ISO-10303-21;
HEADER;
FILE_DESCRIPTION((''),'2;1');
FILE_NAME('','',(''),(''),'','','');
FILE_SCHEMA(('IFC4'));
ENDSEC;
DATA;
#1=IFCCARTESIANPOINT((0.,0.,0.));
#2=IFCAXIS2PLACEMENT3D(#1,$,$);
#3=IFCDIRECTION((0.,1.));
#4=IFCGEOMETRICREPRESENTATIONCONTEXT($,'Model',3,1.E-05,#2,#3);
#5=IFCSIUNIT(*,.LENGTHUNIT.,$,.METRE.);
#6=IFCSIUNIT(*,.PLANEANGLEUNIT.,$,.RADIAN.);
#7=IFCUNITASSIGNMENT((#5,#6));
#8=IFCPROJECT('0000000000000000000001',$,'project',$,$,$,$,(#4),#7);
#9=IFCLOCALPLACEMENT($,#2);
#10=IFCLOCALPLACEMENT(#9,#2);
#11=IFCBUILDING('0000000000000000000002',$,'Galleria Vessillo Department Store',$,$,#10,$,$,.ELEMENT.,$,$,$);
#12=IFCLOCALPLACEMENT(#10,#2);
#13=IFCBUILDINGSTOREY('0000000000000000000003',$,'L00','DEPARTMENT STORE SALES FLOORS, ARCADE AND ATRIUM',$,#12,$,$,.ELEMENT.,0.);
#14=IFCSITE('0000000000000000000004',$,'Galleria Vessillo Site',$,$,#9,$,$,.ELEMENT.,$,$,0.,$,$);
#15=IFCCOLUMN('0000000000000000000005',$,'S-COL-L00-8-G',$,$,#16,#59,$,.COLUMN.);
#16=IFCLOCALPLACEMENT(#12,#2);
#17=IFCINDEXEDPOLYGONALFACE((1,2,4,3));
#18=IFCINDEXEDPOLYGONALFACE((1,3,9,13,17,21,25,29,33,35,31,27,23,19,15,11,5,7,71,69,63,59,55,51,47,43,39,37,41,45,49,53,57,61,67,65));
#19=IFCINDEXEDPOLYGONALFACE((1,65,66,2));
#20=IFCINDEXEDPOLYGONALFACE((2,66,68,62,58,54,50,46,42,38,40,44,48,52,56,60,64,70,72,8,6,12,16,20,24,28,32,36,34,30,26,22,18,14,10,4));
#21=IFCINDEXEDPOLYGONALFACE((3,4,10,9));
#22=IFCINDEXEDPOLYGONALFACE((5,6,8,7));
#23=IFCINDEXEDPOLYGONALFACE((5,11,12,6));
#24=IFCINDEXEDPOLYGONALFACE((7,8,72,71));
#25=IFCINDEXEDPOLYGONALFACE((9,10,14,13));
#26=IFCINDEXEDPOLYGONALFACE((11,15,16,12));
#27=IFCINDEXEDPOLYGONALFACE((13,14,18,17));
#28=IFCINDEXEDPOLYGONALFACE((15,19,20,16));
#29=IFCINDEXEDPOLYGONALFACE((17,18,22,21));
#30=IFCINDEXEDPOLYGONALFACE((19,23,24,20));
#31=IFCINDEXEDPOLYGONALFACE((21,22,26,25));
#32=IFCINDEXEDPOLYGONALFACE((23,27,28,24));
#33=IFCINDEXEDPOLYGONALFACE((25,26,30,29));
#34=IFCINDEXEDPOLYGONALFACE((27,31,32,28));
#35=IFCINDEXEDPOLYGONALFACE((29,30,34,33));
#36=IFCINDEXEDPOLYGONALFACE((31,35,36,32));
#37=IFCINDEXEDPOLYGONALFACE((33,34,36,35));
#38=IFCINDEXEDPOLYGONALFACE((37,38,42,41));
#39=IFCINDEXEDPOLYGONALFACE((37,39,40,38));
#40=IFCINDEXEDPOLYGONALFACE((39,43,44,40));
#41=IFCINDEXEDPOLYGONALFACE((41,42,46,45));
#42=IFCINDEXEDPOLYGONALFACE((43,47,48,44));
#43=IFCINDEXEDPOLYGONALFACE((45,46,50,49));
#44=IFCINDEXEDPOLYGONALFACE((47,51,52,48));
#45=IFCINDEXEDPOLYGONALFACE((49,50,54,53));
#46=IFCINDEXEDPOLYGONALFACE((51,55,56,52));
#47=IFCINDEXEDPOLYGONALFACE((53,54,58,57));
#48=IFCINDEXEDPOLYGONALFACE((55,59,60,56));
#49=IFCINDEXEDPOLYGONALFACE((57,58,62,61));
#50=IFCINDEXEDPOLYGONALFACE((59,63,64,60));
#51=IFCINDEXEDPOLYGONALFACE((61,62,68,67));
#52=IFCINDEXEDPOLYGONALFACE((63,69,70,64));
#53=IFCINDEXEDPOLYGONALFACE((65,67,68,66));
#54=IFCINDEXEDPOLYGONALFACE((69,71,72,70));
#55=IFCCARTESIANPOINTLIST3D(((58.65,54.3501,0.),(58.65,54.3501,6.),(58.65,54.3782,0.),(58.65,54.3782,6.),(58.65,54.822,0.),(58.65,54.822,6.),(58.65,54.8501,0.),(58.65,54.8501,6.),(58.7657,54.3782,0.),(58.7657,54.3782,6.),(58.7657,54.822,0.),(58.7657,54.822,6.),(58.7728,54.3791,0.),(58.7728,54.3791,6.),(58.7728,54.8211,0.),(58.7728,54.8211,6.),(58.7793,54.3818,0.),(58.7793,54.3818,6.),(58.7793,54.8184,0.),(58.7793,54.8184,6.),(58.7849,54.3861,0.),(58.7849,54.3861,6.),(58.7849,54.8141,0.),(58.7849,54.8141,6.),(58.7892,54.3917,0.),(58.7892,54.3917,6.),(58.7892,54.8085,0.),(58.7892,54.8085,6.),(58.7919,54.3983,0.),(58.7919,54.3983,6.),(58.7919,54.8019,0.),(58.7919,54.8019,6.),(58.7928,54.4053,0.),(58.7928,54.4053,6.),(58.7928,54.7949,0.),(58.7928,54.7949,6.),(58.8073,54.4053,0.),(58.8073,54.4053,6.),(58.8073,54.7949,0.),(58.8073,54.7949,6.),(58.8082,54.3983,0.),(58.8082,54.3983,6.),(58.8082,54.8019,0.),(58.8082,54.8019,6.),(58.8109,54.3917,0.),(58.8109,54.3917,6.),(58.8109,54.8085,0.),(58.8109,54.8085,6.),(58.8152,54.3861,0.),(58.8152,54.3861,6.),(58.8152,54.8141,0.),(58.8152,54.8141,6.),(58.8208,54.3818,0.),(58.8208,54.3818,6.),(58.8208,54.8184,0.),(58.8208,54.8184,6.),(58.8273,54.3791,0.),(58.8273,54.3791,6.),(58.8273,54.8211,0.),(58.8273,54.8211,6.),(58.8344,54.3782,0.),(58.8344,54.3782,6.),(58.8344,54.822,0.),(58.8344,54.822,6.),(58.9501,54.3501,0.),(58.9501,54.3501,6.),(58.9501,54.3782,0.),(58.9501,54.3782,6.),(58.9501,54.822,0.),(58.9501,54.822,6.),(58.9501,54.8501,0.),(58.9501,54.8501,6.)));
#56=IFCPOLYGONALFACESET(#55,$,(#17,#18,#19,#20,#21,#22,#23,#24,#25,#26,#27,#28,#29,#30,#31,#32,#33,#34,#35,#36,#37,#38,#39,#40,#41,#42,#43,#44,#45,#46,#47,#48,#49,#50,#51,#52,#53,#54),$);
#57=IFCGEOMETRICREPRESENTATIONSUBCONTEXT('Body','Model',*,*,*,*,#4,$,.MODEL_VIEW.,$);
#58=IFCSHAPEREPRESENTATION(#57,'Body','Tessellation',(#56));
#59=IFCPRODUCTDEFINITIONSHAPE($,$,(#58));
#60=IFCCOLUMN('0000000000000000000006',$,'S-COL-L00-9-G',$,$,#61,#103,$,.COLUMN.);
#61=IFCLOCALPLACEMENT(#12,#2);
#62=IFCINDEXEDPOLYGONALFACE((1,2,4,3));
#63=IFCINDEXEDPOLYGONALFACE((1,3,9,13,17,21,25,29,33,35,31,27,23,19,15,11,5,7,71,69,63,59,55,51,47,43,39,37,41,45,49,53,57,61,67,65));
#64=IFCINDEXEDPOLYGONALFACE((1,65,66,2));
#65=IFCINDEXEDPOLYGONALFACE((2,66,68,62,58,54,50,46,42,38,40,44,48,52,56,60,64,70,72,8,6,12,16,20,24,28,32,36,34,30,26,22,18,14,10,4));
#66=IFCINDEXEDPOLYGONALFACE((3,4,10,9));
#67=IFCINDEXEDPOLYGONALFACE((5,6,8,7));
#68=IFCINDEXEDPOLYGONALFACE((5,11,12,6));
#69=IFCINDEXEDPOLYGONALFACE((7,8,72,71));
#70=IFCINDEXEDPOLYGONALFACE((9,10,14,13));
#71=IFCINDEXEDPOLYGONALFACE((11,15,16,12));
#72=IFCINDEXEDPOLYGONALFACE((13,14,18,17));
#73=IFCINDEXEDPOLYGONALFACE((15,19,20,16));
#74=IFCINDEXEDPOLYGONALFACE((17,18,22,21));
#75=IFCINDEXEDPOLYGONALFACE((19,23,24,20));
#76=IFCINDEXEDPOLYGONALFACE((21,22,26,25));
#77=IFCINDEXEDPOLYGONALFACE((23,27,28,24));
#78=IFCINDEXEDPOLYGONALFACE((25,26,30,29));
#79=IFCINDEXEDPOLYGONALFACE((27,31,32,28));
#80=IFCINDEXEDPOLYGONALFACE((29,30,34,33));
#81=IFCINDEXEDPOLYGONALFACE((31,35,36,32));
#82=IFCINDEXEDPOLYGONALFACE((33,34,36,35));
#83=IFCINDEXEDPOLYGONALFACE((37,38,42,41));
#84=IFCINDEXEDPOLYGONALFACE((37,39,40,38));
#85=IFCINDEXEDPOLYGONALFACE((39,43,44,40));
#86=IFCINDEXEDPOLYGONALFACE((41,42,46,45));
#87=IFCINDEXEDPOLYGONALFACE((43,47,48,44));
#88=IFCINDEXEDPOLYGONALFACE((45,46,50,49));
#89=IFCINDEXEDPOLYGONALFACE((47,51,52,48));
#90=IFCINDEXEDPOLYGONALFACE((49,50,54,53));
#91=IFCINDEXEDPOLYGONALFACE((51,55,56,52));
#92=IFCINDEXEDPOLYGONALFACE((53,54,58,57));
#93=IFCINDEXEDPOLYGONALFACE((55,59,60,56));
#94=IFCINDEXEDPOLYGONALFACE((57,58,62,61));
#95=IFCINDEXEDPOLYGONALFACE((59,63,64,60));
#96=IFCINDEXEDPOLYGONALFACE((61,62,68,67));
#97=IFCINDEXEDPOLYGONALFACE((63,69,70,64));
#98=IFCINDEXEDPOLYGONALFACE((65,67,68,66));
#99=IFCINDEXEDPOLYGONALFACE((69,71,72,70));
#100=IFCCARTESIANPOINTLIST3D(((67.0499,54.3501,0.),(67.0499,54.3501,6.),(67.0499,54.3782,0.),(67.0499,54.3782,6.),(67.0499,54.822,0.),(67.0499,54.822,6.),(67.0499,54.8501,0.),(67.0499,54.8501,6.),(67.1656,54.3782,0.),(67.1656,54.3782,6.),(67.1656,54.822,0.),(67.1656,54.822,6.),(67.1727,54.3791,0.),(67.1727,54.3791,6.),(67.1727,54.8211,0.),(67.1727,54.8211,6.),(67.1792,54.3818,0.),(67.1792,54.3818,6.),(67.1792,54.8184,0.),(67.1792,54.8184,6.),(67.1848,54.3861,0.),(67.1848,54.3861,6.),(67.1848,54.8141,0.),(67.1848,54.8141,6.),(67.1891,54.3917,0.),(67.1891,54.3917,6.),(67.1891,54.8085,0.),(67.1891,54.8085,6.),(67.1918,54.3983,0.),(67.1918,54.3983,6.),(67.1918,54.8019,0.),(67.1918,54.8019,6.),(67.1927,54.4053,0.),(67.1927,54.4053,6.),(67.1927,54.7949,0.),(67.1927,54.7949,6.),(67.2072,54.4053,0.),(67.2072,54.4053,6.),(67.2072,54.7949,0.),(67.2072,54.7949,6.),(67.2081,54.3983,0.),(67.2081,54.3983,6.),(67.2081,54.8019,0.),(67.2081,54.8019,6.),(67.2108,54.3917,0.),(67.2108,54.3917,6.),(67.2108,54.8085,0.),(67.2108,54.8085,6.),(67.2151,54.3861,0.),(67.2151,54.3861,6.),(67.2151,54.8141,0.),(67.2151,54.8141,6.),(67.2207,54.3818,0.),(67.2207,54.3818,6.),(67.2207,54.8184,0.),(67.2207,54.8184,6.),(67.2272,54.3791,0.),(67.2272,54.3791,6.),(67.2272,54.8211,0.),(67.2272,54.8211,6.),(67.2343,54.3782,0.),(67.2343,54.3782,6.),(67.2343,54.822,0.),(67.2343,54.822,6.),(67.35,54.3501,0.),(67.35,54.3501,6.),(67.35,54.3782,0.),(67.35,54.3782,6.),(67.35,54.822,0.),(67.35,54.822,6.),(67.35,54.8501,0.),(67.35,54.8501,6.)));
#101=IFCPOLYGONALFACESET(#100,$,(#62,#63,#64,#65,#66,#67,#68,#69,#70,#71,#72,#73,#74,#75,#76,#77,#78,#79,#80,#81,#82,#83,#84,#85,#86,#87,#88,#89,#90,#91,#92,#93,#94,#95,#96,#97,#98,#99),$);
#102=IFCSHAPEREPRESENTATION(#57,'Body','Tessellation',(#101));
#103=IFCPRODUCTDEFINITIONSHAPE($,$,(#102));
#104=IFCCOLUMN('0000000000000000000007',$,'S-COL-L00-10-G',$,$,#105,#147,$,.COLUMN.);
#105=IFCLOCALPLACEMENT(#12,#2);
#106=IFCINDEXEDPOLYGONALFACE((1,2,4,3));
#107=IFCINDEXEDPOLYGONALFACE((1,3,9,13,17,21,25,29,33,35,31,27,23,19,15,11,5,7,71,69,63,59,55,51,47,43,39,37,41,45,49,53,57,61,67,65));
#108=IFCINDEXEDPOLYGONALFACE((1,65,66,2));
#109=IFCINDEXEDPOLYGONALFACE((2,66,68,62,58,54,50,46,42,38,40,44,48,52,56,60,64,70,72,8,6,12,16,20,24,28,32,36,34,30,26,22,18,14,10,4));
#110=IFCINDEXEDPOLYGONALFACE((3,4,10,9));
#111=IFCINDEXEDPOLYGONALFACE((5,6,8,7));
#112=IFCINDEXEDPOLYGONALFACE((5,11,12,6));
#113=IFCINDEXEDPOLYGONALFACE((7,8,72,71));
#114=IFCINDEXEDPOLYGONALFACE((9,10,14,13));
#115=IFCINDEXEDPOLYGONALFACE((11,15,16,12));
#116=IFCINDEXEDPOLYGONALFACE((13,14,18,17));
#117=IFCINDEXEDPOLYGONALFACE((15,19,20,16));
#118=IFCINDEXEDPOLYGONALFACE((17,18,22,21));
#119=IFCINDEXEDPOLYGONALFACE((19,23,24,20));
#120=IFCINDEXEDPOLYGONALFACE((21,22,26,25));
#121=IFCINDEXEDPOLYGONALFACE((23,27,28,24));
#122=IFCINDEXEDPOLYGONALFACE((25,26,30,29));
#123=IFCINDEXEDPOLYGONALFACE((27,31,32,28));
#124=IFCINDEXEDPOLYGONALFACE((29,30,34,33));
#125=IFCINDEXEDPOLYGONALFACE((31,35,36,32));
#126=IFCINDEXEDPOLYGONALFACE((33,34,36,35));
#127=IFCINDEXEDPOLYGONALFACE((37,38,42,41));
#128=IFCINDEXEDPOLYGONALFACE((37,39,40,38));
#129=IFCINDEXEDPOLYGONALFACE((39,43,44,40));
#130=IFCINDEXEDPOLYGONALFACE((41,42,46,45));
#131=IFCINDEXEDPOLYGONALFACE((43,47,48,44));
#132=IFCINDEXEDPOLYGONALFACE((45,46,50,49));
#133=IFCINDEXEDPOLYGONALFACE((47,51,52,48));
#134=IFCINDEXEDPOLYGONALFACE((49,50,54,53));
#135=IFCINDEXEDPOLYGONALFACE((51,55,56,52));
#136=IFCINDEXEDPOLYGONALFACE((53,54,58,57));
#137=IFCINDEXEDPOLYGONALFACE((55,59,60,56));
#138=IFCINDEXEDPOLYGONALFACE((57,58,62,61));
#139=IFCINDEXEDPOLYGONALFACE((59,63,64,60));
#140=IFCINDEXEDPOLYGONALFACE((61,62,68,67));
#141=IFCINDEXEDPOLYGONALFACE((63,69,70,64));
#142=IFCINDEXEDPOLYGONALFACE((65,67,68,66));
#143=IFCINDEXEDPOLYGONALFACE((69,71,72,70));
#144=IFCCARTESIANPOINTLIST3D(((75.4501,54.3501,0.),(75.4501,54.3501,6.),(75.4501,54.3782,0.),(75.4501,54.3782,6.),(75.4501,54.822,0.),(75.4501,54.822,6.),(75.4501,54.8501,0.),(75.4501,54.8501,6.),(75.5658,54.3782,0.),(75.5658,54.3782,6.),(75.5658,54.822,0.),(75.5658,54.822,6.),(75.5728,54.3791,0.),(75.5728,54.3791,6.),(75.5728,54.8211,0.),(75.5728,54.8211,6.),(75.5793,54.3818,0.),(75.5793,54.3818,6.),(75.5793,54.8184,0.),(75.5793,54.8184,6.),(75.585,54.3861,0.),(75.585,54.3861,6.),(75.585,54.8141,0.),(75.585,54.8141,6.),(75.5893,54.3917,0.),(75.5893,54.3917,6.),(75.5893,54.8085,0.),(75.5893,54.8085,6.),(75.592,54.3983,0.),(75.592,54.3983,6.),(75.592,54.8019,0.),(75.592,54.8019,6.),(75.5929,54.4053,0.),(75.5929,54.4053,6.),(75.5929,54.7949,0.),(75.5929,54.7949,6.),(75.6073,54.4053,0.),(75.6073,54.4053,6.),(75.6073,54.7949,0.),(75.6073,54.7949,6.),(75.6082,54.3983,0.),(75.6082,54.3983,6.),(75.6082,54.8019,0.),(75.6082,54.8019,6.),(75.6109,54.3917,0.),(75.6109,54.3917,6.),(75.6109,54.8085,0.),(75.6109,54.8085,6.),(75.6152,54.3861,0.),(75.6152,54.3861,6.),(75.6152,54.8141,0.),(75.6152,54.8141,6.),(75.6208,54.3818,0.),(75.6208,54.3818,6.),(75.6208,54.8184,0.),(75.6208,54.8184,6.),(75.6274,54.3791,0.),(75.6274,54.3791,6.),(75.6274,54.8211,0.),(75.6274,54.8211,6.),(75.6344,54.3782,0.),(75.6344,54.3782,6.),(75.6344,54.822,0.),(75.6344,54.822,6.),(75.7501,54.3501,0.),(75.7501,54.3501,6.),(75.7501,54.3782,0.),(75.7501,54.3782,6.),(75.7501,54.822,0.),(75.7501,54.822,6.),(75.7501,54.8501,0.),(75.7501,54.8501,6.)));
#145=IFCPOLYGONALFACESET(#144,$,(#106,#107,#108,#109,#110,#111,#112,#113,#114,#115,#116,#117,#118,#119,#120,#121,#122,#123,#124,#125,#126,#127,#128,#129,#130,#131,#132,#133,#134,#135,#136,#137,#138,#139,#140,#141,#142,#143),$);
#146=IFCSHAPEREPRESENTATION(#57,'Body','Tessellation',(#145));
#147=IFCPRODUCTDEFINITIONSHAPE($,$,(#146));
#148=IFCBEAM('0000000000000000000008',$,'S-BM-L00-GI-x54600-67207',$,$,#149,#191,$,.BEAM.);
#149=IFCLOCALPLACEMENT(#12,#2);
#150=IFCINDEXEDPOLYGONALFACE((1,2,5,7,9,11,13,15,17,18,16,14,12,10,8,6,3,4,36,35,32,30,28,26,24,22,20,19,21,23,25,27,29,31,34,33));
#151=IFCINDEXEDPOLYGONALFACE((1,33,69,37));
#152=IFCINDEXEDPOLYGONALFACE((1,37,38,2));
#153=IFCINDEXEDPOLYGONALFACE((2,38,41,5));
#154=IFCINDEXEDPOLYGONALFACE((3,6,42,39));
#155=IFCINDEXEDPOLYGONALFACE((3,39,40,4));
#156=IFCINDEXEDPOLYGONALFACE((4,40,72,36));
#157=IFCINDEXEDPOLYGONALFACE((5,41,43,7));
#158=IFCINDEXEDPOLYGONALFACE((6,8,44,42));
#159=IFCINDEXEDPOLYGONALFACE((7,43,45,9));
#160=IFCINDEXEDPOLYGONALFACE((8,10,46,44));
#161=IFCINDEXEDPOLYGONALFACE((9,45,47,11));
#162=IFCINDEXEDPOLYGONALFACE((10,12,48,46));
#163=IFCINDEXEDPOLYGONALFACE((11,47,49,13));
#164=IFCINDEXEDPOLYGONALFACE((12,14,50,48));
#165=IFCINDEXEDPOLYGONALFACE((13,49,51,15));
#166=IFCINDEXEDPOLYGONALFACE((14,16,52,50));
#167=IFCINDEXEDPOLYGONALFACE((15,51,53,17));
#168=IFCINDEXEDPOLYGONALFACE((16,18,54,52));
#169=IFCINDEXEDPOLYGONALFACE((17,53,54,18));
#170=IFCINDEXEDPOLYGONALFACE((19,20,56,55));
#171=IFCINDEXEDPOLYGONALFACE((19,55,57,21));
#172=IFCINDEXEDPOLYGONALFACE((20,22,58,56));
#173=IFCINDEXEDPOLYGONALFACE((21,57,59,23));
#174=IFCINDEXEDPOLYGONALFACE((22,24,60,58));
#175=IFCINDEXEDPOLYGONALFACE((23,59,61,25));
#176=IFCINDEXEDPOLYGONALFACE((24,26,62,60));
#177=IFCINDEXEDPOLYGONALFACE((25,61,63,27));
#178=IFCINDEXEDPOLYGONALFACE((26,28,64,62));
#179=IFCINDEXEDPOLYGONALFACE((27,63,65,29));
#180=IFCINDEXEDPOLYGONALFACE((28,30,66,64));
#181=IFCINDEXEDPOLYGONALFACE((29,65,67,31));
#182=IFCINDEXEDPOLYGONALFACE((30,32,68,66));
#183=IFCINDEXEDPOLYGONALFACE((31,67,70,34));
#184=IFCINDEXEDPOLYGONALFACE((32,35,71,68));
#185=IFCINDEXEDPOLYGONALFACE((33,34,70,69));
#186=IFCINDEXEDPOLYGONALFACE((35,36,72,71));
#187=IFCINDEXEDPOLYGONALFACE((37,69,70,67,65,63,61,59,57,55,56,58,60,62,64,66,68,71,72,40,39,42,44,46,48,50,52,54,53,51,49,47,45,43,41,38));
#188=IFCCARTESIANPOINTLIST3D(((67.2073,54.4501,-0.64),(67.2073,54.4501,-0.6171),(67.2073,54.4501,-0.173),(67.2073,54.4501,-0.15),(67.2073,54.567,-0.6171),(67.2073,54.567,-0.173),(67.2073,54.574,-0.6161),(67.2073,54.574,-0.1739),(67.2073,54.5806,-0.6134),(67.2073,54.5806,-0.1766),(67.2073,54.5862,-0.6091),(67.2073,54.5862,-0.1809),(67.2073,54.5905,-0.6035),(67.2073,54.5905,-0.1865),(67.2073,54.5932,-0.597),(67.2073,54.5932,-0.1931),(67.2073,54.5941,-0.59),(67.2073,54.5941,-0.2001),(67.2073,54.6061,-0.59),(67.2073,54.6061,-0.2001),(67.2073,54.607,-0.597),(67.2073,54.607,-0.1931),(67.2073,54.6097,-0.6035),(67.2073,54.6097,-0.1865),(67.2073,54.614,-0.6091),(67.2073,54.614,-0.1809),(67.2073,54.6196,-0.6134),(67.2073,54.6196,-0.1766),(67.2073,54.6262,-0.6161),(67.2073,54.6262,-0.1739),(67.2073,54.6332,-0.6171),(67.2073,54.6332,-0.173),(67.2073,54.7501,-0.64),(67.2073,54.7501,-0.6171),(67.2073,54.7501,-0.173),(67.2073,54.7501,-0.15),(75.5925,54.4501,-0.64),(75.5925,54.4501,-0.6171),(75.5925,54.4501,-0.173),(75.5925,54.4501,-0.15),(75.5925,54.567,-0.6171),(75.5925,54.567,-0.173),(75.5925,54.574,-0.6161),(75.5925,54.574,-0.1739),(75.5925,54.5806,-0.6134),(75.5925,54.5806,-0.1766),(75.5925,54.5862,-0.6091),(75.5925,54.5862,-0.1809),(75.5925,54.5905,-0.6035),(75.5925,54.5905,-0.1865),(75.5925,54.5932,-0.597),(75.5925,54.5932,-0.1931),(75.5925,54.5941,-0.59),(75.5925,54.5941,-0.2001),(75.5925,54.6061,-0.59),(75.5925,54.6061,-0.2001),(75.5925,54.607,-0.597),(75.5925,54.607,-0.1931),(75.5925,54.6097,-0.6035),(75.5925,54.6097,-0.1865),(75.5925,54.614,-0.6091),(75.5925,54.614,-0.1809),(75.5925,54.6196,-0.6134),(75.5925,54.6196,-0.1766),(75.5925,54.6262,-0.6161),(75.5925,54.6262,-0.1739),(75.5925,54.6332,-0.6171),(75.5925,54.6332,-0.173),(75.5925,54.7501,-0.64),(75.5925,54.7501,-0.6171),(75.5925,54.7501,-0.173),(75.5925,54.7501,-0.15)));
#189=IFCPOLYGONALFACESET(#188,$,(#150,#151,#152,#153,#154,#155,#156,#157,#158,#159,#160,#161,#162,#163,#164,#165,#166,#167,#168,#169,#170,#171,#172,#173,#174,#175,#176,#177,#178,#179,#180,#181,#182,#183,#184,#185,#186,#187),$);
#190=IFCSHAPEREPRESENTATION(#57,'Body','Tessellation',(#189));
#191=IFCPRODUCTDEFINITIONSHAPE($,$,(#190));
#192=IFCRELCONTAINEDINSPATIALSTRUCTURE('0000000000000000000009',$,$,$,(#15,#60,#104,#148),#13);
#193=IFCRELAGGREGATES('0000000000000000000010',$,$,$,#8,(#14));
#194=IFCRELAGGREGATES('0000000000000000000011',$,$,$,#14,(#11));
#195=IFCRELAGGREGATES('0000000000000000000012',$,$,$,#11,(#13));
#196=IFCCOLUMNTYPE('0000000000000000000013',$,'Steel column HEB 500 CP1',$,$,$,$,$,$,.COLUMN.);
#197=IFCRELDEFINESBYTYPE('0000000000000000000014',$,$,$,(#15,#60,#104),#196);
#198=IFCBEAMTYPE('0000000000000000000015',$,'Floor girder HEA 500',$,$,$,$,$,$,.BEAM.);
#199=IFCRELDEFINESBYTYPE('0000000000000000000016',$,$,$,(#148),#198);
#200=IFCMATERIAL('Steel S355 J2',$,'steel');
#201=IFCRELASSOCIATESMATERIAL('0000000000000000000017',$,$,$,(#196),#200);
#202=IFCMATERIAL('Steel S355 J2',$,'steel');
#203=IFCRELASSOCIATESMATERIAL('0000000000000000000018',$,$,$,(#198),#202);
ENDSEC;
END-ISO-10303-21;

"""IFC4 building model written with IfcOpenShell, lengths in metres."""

from ifc_helpers import new_model, si_unit, direction, frame, origin, origin_2d, place, context, subcontext, project, spatial, i_section, extrude, material, material_profile, profile_set, type_object, element, save


model = new_model("IFC4")

# Units and contexts
model_context = context("Model", 3, precision=1e-05, world=origin(), true_north=direction((0.0, 1.0)))
body_context = subcontext(model_context, "Body", "Model", "MODEL_VIEW")
ifc_project = project(units=[si_unit("LENGTHUNIT", "METRE"), si_unit("PLANEANGLEUNIT", "RADIAN")], contexts=[model_context])

# Site, building, storey
site_placement = place(None, origin())
site = spatial("IfcSite", under=ifc_project, at=site_placement, Name="Galleria Vessillo Site", CompositionType="ELEMENT", RefElevation=0.0)
building_placement = place(site_placement, origin())
building = spatial("IfcBuilding", under=site, at=building_placement, Name="Galleria Vessillo Department Store", CompositionType="ELEMENT")
storey_placement = place(building_placement, origin())
storey = spatial("IfcBuildingStorey", under=building, at=storey_placement, Name="L00", Description="DEPARTMENT STORE SALES FLOORS, ARCADE AND ATRIUM", CompositionType="ELEMENT", Elevation=0.0)

# Columns
ifc_material_1 = material(Name="Steel S355 J2", Category="steel")
ifc_material_profile_1 = material_profile(ifc_material_1, i_section(OverallWidth=0.3, OverallDepth=0.5, WebThickness=0.0144, FlangeThickness=0.0281, FilletRadius=0.0271, at=origin_2d()), Name="HEB 500")
ifc_profile_set_1 = profile_set([ifc_material_profile_1], Name="Steel S355 J2")
column_type = type_object("IfcColumnType", Name="Steel column HEB 500 CP1", PredefinedType="COLUMN", material=ifc_profile_set_1)
for number, where, z_axis, x_axis, name in (
    (1, (58.8, 54.6001, 0.0), (0.0, 0.0, 1.0), (1.0, 0.0, 0.0), "S-COL-L00-8-G"),
    (2, (67.2, 54.6001, 0.0), (0.0, 0.0, 1.0), (1.0, 0.0, 0.0), "S-COL-L00-9-G"),
    (3, (75.6001, 54.6001, 0.0), (0.0, 0.0, 1.0), (1.0, 0.0, 0.0), "S-COL-L00-10-G"),
):
    element("IfcColumn", number, at=place(storey_placement, frame(where, z_axis=z_axis, x_axis=x_axis)), inside=storey, type_object=column_type, Name=name, PredefinedType="COLUMN", context=body_context, shape_type="SweptSolid", body=[
        extrude(i_section(OverallWidth=0.3, OverallDepth=0.5, WebThickness=0.0144, FlangeThickness=0.0281, FilletRadius=0.0271, at=origin_2d()), origin(), (0.0, 0.0, 1.0), 6.0),
    ])

# Beam
ifc_material_2 = material(Name="Steel S355 J2", Category="steel")
ifc_material_profile_2 = material_profile(ifc_material_2, i_section(OverallWidth=0.3, OverallDepth=0.49, WebThickness=0.012, FlangeThickness=0.0229, FilletRadius=0.0271, at=origin_2d()), Name="HEA 500")
ifc_profile_set_2 = profile_set([ifc_material_profile_2], Name="Steel S355 J2")
beam_type_1 = type_object("IfcBeamType", Name="Floor girder HEA 500", PredefinedType="BEAM", material=ifc_profile_set_2)
beam_placement = place(storey_placement, frame((67.2073, 54.6001, -0.395), z_axis=(1.0, 0.0, 0.0), x_axis=(0.0, 1.0, 0.0)))
element("IfcBeam", 4, at=beam_placement, inside=storey, type_object=beam_type_1, Name="S-BM-L00-GI-x54600-67207", PredefinedType="BEAM", context=body_context, shape_type="SweptSolid", body=[
    extrude(i_section(OverallWidth=0.3, OverallDepth=0.49, WebThickness=0.012, FlangeThickness=0.0229, FilletRadius=0.0271, at=origin_2d()), origin(), (0.0, 0.0, 1.0), 8.3853),
])

save(model, "model.ifc")
